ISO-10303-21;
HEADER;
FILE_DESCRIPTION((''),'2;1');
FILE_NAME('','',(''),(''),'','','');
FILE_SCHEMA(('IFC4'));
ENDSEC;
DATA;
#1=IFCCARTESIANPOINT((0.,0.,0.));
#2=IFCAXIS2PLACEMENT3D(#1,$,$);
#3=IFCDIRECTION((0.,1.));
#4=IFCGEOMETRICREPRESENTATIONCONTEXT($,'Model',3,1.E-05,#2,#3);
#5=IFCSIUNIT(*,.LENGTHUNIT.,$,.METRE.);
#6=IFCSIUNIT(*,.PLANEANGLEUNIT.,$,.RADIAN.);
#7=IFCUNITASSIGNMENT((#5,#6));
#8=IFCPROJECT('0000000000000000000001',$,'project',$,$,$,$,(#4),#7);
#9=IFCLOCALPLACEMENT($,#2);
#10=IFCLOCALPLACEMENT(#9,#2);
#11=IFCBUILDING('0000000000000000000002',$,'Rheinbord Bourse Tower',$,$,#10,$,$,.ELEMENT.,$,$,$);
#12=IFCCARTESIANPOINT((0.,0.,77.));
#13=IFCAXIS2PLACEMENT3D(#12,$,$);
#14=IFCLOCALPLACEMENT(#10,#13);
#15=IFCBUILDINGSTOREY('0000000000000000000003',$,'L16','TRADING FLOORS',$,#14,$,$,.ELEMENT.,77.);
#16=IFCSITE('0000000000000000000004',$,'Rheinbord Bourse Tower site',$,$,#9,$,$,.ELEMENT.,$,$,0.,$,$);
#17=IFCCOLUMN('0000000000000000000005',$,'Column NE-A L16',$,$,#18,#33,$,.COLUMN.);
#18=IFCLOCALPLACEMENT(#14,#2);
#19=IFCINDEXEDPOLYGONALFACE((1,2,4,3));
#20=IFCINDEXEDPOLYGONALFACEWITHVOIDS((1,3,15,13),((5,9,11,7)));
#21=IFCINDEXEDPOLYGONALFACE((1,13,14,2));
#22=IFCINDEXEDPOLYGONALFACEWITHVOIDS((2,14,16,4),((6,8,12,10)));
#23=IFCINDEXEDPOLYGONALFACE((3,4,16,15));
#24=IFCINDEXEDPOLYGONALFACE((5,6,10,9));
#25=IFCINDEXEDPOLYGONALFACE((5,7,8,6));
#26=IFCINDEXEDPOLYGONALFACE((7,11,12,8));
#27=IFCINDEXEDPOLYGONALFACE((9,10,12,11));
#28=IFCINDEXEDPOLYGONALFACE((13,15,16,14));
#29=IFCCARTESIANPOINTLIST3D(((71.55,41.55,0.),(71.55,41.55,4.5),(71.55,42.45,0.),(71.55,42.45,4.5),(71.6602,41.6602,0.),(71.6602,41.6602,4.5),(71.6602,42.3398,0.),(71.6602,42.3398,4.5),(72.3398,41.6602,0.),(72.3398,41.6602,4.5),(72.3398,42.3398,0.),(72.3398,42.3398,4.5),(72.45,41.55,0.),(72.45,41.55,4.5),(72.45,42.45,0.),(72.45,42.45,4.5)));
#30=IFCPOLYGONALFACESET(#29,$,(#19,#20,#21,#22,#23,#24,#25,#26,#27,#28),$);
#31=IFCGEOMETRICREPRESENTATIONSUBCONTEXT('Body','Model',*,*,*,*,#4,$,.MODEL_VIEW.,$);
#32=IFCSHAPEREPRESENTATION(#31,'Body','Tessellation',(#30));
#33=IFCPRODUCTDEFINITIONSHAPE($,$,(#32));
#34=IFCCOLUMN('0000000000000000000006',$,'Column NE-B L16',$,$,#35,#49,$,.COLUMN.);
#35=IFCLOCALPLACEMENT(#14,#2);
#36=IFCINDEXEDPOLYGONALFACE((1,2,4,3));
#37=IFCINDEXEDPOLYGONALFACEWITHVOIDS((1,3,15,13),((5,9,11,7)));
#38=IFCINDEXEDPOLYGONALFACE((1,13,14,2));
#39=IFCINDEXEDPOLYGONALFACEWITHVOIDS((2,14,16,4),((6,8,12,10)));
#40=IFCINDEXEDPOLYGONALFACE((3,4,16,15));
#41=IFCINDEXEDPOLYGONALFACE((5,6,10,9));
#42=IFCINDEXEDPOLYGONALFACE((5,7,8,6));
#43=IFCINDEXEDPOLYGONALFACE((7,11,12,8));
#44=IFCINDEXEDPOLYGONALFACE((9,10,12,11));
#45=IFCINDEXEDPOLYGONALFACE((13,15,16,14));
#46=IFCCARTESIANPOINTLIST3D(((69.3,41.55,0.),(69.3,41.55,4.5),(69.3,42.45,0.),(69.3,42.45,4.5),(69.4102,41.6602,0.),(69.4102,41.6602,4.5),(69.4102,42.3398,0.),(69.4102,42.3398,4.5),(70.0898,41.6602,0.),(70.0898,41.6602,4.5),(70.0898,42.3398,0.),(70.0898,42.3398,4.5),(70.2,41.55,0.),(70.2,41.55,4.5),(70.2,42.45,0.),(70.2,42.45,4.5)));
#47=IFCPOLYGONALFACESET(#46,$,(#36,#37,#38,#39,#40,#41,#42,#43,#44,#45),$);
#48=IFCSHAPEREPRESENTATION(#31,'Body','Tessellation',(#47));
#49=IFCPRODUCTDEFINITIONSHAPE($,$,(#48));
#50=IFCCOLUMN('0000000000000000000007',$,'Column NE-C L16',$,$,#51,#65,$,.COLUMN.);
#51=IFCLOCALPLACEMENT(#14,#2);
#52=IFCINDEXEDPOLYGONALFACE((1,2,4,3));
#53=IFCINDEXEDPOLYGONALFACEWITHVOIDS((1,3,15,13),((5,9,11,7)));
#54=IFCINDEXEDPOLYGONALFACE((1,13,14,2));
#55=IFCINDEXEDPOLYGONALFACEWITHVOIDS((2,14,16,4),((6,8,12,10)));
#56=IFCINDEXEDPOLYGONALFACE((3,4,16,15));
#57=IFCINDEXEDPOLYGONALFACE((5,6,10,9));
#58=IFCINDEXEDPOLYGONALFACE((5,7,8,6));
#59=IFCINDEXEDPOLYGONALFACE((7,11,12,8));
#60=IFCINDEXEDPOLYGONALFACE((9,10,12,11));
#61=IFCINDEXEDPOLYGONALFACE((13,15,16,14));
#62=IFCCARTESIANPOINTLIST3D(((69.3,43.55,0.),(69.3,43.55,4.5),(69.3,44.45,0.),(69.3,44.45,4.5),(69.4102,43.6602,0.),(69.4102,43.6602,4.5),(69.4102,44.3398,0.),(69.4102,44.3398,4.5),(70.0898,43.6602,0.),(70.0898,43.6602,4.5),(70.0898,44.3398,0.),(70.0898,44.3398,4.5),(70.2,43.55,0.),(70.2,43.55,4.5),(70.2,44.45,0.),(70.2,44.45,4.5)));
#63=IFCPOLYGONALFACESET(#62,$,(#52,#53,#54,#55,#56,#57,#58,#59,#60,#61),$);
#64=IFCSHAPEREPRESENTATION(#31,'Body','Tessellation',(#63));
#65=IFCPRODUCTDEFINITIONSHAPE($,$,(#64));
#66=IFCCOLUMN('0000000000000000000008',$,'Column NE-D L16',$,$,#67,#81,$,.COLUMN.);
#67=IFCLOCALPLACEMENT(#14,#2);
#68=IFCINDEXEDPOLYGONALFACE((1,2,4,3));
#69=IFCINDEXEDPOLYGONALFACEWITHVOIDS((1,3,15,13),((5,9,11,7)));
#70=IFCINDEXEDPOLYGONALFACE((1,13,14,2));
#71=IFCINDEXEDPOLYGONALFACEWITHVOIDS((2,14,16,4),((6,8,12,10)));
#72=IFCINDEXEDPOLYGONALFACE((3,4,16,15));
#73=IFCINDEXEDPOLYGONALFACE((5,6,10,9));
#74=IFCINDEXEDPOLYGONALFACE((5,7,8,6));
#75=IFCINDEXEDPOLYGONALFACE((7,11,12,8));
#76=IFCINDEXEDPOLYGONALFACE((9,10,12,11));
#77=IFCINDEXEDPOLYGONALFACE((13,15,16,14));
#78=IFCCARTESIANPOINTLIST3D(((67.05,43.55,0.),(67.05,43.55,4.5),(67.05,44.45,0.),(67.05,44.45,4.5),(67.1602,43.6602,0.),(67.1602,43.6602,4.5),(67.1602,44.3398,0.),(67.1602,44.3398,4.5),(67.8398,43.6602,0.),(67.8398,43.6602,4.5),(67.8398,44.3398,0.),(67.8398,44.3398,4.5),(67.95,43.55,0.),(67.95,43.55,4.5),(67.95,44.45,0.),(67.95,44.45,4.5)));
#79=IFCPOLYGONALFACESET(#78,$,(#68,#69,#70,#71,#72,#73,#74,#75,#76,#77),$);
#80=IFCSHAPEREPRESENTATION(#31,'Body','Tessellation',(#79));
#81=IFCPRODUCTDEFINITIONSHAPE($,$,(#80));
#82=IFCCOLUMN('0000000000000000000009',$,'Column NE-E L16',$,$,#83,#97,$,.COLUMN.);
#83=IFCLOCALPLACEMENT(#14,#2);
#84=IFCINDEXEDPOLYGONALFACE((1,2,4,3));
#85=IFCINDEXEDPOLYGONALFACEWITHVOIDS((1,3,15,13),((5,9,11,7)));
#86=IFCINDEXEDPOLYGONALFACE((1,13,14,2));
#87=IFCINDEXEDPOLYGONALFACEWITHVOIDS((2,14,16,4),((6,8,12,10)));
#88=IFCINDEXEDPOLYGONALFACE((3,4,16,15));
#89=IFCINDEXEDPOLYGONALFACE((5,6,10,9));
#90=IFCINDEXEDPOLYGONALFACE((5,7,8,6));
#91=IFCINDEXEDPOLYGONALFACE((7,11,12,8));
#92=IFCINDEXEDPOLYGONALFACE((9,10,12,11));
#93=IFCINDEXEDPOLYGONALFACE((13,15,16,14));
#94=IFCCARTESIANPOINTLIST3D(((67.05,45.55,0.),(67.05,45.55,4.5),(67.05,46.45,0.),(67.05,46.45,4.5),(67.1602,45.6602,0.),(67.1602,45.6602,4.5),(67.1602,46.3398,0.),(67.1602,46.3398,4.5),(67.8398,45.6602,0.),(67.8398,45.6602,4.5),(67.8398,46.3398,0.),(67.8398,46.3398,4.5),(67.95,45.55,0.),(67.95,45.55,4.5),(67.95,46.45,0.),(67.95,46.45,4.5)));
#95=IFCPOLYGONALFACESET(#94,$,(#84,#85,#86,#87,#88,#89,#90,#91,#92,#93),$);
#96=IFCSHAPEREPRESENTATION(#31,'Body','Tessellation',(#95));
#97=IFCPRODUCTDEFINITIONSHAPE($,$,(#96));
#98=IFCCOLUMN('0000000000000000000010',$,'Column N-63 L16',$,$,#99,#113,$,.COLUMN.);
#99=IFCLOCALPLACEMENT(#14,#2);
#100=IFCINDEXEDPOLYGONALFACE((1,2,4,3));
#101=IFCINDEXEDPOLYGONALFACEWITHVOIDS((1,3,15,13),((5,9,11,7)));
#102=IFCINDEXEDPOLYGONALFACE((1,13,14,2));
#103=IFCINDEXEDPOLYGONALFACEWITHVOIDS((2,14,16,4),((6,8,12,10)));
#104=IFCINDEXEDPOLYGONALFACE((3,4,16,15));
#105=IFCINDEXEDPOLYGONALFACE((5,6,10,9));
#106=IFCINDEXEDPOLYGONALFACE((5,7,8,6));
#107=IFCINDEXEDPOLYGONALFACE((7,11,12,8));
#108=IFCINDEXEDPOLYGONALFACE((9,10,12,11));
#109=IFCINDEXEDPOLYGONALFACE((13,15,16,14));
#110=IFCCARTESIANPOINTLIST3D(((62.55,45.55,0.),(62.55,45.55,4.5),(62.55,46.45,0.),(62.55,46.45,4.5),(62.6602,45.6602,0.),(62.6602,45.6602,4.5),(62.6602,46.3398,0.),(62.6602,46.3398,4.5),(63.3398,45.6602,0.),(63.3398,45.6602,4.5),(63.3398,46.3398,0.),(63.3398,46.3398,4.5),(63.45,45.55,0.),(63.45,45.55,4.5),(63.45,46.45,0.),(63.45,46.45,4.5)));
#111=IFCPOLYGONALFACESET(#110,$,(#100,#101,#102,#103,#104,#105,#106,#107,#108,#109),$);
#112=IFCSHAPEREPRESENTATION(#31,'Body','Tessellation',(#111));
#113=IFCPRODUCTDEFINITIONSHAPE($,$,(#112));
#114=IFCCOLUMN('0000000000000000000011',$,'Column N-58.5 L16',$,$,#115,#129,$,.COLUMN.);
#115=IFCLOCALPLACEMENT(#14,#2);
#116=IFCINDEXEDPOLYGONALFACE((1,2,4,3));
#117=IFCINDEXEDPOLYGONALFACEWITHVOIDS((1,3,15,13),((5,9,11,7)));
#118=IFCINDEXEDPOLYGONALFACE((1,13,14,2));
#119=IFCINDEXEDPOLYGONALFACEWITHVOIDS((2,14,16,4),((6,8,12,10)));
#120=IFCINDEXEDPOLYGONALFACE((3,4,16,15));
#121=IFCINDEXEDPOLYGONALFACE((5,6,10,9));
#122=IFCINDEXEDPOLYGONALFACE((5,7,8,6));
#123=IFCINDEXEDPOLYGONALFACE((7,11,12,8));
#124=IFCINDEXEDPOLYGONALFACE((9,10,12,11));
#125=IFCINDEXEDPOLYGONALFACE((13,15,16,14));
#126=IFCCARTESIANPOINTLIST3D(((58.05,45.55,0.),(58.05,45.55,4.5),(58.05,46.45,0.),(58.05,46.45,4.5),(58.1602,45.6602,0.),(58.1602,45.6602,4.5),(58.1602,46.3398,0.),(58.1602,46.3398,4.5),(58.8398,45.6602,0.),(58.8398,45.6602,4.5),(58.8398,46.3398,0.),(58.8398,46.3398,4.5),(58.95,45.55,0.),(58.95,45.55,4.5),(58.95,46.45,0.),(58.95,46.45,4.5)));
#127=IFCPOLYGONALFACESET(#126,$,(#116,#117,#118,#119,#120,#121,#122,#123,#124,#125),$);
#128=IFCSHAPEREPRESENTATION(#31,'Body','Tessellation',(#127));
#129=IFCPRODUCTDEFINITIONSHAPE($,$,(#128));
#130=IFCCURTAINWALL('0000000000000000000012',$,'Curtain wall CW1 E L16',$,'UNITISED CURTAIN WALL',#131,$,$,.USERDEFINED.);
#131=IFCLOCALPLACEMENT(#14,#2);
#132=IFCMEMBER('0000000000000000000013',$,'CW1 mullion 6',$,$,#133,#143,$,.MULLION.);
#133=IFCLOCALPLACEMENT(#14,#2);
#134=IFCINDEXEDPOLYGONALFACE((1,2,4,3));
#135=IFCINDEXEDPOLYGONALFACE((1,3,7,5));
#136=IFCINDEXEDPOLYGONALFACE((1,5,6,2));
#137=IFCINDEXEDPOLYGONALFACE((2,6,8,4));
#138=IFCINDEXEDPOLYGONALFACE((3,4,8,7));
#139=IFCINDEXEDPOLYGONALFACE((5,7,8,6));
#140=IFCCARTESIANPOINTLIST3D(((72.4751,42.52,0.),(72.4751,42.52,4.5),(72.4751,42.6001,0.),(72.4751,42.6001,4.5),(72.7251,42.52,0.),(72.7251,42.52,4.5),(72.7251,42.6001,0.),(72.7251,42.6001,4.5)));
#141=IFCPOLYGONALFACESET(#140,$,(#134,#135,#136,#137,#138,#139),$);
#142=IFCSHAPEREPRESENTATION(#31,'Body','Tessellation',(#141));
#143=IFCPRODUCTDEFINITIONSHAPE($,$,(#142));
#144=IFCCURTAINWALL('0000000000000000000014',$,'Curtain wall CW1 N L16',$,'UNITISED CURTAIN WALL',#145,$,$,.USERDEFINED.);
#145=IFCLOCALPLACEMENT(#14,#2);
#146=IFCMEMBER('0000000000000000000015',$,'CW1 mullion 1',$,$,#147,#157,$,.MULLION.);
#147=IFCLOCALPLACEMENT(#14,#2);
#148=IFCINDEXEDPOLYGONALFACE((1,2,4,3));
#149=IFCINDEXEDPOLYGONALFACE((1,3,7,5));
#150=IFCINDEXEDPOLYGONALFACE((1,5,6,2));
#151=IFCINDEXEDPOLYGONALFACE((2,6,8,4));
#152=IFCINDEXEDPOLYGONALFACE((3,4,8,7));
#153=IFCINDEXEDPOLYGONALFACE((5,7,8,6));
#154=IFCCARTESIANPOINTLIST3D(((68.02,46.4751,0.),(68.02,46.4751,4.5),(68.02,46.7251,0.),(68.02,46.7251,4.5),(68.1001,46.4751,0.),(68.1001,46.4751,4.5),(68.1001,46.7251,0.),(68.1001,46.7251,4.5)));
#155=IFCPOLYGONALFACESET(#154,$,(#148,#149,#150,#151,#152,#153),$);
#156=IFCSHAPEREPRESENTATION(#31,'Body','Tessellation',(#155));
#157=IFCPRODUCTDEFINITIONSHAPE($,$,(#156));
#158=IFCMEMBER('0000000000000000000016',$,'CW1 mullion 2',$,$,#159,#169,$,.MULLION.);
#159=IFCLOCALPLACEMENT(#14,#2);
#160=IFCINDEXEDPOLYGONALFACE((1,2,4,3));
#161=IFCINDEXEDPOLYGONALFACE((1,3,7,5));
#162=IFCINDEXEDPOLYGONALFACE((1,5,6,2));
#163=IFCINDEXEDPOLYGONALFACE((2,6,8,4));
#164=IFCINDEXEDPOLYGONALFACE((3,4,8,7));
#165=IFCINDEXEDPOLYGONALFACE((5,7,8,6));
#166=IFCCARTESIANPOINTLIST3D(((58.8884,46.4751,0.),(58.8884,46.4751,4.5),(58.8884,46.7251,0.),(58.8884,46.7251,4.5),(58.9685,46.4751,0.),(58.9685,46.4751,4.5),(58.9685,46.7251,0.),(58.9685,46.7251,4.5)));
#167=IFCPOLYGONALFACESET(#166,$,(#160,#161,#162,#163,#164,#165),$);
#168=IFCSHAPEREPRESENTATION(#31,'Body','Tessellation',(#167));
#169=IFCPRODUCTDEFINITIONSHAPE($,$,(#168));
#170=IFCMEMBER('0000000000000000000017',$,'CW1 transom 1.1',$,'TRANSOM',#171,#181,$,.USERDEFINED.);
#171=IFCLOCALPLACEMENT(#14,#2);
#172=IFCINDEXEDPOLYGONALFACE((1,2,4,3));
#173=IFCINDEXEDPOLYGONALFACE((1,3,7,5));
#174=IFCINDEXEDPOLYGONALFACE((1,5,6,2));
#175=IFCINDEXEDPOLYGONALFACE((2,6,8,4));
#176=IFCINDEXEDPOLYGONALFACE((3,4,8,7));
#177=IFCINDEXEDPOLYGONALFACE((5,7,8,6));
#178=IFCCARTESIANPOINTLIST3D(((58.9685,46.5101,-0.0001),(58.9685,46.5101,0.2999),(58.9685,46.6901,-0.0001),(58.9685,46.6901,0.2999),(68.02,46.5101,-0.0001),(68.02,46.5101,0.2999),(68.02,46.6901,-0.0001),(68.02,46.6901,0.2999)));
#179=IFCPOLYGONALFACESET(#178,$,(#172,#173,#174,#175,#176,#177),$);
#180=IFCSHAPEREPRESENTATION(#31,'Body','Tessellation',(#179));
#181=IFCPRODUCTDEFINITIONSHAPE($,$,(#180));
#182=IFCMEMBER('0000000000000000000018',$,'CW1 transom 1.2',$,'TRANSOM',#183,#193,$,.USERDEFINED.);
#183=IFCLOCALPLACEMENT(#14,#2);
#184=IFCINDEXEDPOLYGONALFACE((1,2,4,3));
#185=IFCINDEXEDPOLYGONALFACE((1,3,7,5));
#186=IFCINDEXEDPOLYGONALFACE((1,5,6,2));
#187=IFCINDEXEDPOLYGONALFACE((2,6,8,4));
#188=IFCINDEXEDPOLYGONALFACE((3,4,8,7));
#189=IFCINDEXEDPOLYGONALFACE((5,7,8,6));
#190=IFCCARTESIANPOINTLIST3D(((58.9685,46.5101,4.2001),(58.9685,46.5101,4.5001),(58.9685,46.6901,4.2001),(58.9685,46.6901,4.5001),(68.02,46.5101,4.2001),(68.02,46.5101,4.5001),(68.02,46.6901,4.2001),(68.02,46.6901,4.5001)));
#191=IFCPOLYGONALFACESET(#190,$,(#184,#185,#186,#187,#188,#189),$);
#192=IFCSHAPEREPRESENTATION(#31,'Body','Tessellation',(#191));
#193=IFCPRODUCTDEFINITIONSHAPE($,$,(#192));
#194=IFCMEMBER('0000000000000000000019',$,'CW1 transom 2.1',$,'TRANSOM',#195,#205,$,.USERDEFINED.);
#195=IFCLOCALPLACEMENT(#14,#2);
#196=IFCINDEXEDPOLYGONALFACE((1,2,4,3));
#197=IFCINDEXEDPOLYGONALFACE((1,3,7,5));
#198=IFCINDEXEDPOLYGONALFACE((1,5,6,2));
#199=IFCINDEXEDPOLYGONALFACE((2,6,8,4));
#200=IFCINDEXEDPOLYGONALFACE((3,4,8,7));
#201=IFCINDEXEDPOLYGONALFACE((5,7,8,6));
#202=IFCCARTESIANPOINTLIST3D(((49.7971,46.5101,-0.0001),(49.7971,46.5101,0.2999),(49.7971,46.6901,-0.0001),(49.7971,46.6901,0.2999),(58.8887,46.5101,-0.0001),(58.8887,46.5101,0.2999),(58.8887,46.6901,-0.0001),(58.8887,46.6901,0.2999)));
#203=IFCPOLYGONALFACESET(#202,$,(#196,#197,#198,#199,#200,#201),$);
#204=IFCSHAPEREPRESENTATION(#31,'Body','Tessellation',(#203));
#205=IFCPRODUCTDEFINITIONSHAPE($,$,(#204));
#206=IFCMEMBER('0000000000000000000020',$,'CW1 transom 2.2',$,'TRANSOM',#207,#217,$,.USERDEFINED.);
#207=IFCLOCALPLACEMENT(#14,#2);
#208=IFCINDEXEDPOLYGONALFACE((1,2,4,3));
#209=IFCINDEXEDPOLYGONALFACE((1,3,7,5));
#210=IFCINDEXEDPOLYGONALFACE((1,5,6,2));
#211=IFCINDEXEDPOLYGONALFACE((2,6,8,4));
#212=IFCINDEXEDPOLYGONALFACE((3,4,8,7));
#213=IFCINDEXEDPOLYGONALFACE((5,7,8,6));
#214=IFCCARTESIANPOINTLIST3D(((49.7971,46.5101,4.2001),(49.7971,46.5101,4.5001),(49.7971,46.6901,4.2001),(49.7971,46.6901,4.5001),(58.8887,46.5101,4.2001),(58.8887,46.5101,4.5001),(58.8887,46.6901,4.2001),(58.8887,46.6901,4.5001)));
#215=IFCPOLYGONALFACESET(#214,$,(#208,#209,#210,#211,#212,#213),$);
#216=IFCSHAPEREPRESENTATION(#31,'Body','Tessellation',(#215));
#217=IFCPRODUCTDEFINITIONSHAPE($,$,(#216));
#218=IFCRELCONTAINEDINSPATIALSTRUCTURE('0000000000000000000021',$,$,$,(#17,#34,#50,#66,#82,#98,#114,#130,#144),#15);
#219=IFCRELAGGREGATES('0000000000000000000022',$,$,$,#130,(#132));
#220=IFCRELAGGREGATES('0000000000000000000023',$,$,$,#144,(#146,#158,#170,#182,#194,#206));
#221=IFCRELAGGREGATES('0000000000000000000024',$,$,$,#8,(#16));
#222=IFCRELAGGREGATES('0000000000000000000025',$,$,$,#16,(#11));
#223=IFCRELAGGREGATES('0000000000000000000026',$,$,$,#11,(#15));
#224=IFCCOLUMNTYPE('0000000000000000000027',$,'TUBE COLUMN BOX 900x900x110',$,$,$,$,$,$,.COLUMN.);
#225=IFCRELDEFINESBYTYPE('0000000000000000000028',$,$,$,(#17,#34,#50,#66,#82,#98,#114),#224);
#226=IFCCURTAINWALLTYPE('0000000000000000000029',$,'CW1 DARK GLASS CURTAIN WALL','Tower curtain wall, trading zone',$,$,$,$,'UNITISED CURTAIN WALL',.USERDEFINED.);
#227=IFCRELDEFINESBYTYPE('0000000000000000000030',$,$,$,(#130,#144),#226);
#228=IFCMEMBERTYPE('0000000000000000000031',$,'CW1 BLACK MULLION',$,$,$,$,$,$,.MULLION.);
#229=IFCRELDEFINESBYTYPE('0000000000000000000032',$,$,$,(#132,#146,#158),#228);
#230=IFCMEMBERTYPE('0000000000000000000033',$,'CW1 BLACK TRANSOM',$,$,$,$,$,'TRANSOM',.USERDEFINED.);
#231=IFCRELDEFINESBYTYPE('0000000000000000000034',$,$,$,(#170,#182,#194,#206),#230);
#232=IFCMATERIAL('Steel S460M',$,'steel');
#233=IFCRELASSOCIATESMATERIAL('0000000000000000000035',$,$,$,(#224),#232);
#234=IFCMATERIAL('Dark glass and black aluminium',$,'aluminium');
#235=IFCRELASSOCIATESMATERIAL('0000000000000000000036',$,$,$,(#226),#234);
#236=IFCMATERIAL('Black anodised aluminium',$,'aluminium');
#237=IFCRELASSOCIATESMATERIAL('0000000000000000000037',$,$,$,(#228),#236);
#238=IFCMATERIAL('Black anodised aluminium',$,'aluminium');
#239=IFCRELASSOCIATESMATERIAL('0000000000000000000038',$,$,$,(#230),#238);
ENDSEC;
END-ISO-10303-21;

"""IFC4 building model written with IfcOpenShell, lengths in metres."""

from ifc_helpers import new_model, si_unit, direction, frame, origin, origin_2d, place, context, subcontext, project, spatial, rectangle, hollow_rectangle, extrude, material, material_profile, profile_set, type_object, element, aggregate, save


model = new_model("IFC4")

# Units and contexts
model_context = context("Model", 3, precision=1e-05, world=origin(), true_north=direction((0.0, 1.0)))
body_context = subcontext(model_context, "Body", "Model", "MODEL_VIEW")
ifc_project = project(units=[si_unit("LENGTHUNIT", "METRE"), si_unit("PLANEANGLEUNIT", "RADIAN")], contexts=[model_context])

# Site, building, storey
site_placement = place(None, origin())
site = spatial("IfcSite", under=ifc_project, at=site_placement, Name="Rheinbord Bourse Tower site", CompositionType="ELEMENT", RefElevation=0.0)
building_placement = place(site_placement, origin())
building = spatial("IfcBuilding", under=site, at=building_placement, Name="Rheinbord Bourse Tower", CompositionType="ELEMENT")
storey_placement = place(building_placement, frame((0.0, 0.0, 77.0)))
storey = spatial("IfcBuildingStorey", under=building, at=storey_placement, Name="L16", Description="TRADING FLOORS", CompositionType="ELEMENT", Elevation=77.0)

# Columns
ifc_material_1 = material(Name="Steel S460M", Category="steel")
ifc_material_profile_1 = material_profile(ifc_material_1, hollow_rectangle(XDim=0.8999, YDim=0.8999, WallThickness=0.1101, at=origin_2d()), Name="BOX 900x900x110")
ifc_profile_set_1 = profile_set([ifc_material_profile_1], Name="Steel S460M")
column_type = type_object("IfcColumnType", Name="TUBE COLUMN BOX 900x900x110", PredefinedType="COLUMN", material=ifc_profile_set_1)
for number, where, z_axis, x_axis, name in (
    (1, (72.0, 42.0, 0.0), (0.0, 0.0, 1.0), (1.0, 0.0, 0.0), "Column NE-A L16"),
    (2, (69.75, 42.0, 0.0), (0.0, 0.0, 1.0), (1.0, 0.0, 0.0), "Column NE-B L16"),
    (3, (69.75, 44.0, 0.0), (0.0, 0.0, 1.0), (1.0, 0.0, 0.0), "Column NE-C L16"),
    (4, (67.5, 44.0, 0.0), (0.0, 0.0, 1.0), (0.0, 1.0, 0.0), "Column NE-D L16"),
    (5, (67.5, 46.0, 0.0), (0.0, 0.0, 1.0), (0.0, 1.0, 0.0), "Column NE-E L16"),
    (6, (63.0, 46.0, 0.0), (0.0, 0.0, 1.0), (0.0, 1.0, 0.0), "Column N-63 L16"),
    (7, (58.5, 46.0, 0.0), (0.0, 0.0, 1.0), (0.0, 1.0, 0.0), "Column N-58.5 L16"),
):
    element("IfcColumn", number, at=place(storey_placement, frame(where, z_axis=z_axis, x_axis=x_axis)), inside=storey, type_object=column_type, Name=name, PredefinedType="COLUMN", context=body_context, shape_type="SweptSolid", body=[
        extrude(hollow_rectangle(XDim=0.8999, YDim=0.8999, WallThickness=0.1101, at=origin_2d()), origin(), (0.0, 0.0, 1.0), 4.5),
    ])

# Curtain wall, member
ifc_material_2 = material(Name="Dark glass and black aluminium", Category="aluminium")
curtain_wall_type = type_object("IfcCurtainWallType", Name="CW1 DARK GLASS CURTAIN WALL", Description="Tower curtain wall, trading zone", ElementType="UNITISED CURTAIN WALL", PredefinedType="USERDEFINED", material=ifc_material_2)
curtain_wall_1_placement = place(storey_placement, origin())
curtain_wall_1 = element("IfcCurtainWall", 8, at=curtain_wall_1_placement, inside=storey, type_object=curtain_wall_type, Name="Curtain wall CW1 E L16", ObjectType="UNITISED CURTAIN WALL", PredefinedType="USERDEFINED")
ifc_material_3 = material(Name="Black anodised aluminium", Category="aluminium")
ifc_material_profile_2 = material_profile(ifc_material_3, rectangle(XDim=0.25, YDim=0.0801, at=origin_2d()), Name="CW1 MULLION 80x250")
ifc_profile_set_2 = profile_set([ifc_material_profile_2], Name="Black anodised aluminium")
member_type_1 = type_object("IfcMemberType", Name="CW1 BLACK MULLION", PredefinedType="MULLION", material=ifc_profile_set_2)
member_1_placement = place(storey_placement, frame((72.6001, 42.5601, 0.0), z_axis=(0.0, 0.0, 1.0), x_axis=(-1.0, 0.0, 0.0)))
member_1 = element("IfcMember", 9, at=member_1_placement, type_object=member_type_1, Name="CW1 mullion 6", PredefinedType="MULLION", context=body_context, shape_type="SweptSolid", body=[
    extrude(rectangle(XDim=0.25, YDim=0.0801, at=origin_2d()), origin(), (0.0, 0.0, 1.0), 4.5),
])

# Curtain wall, members
curtain_wall_2_placement = place(storey_placement, origin())
curtain_wall_2 = element("IfcCurtainWall", 10, at=curtain_wall_2_placement, inside=storey, type_object=curtain_wall_type, Name="Curtain wall CW1 N L16", ObjectType="UNITISED CURTAIN WALL", PredefinedType="USERDEFINED")
member_2_placement = place(storey_placement, frame((68.0601, 46.6001, 0.0), z_axis=(0.0, 0.0, 1.0), x_axis=(0.0, -1.0, 0.0)))
member_2 = element("IfcMember", 11, at=member_2_placement, type_object=member_type_1, Name="CW1 mullion 1", PredefinedType="MULLION", context=body_context, shape_type="SweptSolid", body=[
    extrude(rectangle(XDim=0.25, YDim=0.0801, at=origin_2d()), origin(), (0.0, 0.0, 1.0), 4.5),
])
member_3_placement = place(storey_placement, frame((58.9285, 46.6001, 0.0), z_axis=(0.0, 0.0, 1.0), x_axis=(0.0, -1.0, 0.0)))
member_3 = element("IfcMember", 12, at=member_3_placement, type_object=member_type_1, Name="CW1 mullion 2", PredefinedType="MULLION", context=body_context, shape_type="SweptSolid", body=[
    extrude(rectangle(XDim=0.25, YDim=0.0801, at=origin_2d()), origin(), (0.0, 0.0, 1.0), 4.5),
])
ifc_material_4 = material(Name="Black anodised aluminium", Category="aluminium")
ifc_material_profile_3 = material_profile(ifc_material_4, rectangle(XDim=0.1799, YDim=0.3, at=origin_2d()), Name="CW1 TRANSOM 300x180")
ifc_profile_set_3 = profile_set([ifc_material_profile_3], Name="Black anodised aluminium")
member_type_2 = type_object("IfcMemberType", Name="CW1 BLACK TRANSOM", ElementType="TRANSOM", PredefinedType="USERDEFINED", material=ifc_profile_set_3)
member_4_placement = place(storey_placement, frame((68.02, 46.6001, 0.1499), z_axis=(-1.0, 0.0, 0.0), x_axis=(0.0, -1.0, 0.0)))
member_4 = element("IfcMember", 13, at=member_4_placement, type_object=member_type_2, Name="CW1 transom 1.1", ObjectType="TRANSOM", PredefinedType="USERDEFINED", context=body_context, shape_type="SweptSolid", body=[
    extrude(rectangle(XDim=0.1799, YDim=0.3, at=origin_2d()), origin(), (0.0, 0.0, 1.0), 9.0515),
])
member_5_placement = place(storey_placement, frame((68.02, 46.6001, 4.3501), z_axis=(-1.0, 0.0, 0.0), x_axis=(0.0, -1.0, 0.0)))
member_5 = element("IfcMember", 14, at=member_5_placement, type_object=member_type_2, Name="CW1 transom 1.2", ObjectType="TRANSOM", PredefinedType="USERDEFINED", context=body_context, shape_type="SweptSolid", body=[
    extrude(rectangle(XDim=0.1799, YDim=0.3, at=origin_2d()), origin(), (0.0, 0.0, 1.0), 9.0515),
])
member_6_placement = place(storey_placement, frame((58.8887, 46.6001, 0.1499), z_axis=(-1.0, 0.0, 0.0), x_axis=(0.0, -1.0, 0.0)))
member_6 = element("IfcMember", 15, at=member_6_placement, type_object=member_type_2, Name="CW1 transom 2.1", ObjectType="TRANSOM", PredefinedType="USERDEFINED", context=body_context, shape_type="SweptSolid", body=[
    extrude(rectangle(XDim=0.1799, YDim=0.3, at=origin_2d()), origin(), (0.0, 0.0, 1.0), 9.0916),
])
member_7_placement = place(storey_placement, frame((58.8887, 46.6001, 4.3501), z_axis=(-1.0, 0.0, 0.0), x_axis=(0.0, -1.0, 0.0)))
member_7 = element("IfcMember", 16, at=member_7_placement, type_object=member_type_2, Name="CW1 transom 2.2", ObjectType="TRANSOM", PredefinedType="USERDEFINED", context=body_context, shape_type="SweptSolid", body=[
    extrude(rectangle(XDim=0.1799, YDim=0.3, at=origin_2d()), origin(), (0.0, 0.0, 1.0), 9.0916),
])

aggregate(curtain_wall_1, [member_1])
aggregate(curtain_wall_2, [member_2, member_3, member_4, member_5, member_6, member_7])

save(model, "model.ifc")
